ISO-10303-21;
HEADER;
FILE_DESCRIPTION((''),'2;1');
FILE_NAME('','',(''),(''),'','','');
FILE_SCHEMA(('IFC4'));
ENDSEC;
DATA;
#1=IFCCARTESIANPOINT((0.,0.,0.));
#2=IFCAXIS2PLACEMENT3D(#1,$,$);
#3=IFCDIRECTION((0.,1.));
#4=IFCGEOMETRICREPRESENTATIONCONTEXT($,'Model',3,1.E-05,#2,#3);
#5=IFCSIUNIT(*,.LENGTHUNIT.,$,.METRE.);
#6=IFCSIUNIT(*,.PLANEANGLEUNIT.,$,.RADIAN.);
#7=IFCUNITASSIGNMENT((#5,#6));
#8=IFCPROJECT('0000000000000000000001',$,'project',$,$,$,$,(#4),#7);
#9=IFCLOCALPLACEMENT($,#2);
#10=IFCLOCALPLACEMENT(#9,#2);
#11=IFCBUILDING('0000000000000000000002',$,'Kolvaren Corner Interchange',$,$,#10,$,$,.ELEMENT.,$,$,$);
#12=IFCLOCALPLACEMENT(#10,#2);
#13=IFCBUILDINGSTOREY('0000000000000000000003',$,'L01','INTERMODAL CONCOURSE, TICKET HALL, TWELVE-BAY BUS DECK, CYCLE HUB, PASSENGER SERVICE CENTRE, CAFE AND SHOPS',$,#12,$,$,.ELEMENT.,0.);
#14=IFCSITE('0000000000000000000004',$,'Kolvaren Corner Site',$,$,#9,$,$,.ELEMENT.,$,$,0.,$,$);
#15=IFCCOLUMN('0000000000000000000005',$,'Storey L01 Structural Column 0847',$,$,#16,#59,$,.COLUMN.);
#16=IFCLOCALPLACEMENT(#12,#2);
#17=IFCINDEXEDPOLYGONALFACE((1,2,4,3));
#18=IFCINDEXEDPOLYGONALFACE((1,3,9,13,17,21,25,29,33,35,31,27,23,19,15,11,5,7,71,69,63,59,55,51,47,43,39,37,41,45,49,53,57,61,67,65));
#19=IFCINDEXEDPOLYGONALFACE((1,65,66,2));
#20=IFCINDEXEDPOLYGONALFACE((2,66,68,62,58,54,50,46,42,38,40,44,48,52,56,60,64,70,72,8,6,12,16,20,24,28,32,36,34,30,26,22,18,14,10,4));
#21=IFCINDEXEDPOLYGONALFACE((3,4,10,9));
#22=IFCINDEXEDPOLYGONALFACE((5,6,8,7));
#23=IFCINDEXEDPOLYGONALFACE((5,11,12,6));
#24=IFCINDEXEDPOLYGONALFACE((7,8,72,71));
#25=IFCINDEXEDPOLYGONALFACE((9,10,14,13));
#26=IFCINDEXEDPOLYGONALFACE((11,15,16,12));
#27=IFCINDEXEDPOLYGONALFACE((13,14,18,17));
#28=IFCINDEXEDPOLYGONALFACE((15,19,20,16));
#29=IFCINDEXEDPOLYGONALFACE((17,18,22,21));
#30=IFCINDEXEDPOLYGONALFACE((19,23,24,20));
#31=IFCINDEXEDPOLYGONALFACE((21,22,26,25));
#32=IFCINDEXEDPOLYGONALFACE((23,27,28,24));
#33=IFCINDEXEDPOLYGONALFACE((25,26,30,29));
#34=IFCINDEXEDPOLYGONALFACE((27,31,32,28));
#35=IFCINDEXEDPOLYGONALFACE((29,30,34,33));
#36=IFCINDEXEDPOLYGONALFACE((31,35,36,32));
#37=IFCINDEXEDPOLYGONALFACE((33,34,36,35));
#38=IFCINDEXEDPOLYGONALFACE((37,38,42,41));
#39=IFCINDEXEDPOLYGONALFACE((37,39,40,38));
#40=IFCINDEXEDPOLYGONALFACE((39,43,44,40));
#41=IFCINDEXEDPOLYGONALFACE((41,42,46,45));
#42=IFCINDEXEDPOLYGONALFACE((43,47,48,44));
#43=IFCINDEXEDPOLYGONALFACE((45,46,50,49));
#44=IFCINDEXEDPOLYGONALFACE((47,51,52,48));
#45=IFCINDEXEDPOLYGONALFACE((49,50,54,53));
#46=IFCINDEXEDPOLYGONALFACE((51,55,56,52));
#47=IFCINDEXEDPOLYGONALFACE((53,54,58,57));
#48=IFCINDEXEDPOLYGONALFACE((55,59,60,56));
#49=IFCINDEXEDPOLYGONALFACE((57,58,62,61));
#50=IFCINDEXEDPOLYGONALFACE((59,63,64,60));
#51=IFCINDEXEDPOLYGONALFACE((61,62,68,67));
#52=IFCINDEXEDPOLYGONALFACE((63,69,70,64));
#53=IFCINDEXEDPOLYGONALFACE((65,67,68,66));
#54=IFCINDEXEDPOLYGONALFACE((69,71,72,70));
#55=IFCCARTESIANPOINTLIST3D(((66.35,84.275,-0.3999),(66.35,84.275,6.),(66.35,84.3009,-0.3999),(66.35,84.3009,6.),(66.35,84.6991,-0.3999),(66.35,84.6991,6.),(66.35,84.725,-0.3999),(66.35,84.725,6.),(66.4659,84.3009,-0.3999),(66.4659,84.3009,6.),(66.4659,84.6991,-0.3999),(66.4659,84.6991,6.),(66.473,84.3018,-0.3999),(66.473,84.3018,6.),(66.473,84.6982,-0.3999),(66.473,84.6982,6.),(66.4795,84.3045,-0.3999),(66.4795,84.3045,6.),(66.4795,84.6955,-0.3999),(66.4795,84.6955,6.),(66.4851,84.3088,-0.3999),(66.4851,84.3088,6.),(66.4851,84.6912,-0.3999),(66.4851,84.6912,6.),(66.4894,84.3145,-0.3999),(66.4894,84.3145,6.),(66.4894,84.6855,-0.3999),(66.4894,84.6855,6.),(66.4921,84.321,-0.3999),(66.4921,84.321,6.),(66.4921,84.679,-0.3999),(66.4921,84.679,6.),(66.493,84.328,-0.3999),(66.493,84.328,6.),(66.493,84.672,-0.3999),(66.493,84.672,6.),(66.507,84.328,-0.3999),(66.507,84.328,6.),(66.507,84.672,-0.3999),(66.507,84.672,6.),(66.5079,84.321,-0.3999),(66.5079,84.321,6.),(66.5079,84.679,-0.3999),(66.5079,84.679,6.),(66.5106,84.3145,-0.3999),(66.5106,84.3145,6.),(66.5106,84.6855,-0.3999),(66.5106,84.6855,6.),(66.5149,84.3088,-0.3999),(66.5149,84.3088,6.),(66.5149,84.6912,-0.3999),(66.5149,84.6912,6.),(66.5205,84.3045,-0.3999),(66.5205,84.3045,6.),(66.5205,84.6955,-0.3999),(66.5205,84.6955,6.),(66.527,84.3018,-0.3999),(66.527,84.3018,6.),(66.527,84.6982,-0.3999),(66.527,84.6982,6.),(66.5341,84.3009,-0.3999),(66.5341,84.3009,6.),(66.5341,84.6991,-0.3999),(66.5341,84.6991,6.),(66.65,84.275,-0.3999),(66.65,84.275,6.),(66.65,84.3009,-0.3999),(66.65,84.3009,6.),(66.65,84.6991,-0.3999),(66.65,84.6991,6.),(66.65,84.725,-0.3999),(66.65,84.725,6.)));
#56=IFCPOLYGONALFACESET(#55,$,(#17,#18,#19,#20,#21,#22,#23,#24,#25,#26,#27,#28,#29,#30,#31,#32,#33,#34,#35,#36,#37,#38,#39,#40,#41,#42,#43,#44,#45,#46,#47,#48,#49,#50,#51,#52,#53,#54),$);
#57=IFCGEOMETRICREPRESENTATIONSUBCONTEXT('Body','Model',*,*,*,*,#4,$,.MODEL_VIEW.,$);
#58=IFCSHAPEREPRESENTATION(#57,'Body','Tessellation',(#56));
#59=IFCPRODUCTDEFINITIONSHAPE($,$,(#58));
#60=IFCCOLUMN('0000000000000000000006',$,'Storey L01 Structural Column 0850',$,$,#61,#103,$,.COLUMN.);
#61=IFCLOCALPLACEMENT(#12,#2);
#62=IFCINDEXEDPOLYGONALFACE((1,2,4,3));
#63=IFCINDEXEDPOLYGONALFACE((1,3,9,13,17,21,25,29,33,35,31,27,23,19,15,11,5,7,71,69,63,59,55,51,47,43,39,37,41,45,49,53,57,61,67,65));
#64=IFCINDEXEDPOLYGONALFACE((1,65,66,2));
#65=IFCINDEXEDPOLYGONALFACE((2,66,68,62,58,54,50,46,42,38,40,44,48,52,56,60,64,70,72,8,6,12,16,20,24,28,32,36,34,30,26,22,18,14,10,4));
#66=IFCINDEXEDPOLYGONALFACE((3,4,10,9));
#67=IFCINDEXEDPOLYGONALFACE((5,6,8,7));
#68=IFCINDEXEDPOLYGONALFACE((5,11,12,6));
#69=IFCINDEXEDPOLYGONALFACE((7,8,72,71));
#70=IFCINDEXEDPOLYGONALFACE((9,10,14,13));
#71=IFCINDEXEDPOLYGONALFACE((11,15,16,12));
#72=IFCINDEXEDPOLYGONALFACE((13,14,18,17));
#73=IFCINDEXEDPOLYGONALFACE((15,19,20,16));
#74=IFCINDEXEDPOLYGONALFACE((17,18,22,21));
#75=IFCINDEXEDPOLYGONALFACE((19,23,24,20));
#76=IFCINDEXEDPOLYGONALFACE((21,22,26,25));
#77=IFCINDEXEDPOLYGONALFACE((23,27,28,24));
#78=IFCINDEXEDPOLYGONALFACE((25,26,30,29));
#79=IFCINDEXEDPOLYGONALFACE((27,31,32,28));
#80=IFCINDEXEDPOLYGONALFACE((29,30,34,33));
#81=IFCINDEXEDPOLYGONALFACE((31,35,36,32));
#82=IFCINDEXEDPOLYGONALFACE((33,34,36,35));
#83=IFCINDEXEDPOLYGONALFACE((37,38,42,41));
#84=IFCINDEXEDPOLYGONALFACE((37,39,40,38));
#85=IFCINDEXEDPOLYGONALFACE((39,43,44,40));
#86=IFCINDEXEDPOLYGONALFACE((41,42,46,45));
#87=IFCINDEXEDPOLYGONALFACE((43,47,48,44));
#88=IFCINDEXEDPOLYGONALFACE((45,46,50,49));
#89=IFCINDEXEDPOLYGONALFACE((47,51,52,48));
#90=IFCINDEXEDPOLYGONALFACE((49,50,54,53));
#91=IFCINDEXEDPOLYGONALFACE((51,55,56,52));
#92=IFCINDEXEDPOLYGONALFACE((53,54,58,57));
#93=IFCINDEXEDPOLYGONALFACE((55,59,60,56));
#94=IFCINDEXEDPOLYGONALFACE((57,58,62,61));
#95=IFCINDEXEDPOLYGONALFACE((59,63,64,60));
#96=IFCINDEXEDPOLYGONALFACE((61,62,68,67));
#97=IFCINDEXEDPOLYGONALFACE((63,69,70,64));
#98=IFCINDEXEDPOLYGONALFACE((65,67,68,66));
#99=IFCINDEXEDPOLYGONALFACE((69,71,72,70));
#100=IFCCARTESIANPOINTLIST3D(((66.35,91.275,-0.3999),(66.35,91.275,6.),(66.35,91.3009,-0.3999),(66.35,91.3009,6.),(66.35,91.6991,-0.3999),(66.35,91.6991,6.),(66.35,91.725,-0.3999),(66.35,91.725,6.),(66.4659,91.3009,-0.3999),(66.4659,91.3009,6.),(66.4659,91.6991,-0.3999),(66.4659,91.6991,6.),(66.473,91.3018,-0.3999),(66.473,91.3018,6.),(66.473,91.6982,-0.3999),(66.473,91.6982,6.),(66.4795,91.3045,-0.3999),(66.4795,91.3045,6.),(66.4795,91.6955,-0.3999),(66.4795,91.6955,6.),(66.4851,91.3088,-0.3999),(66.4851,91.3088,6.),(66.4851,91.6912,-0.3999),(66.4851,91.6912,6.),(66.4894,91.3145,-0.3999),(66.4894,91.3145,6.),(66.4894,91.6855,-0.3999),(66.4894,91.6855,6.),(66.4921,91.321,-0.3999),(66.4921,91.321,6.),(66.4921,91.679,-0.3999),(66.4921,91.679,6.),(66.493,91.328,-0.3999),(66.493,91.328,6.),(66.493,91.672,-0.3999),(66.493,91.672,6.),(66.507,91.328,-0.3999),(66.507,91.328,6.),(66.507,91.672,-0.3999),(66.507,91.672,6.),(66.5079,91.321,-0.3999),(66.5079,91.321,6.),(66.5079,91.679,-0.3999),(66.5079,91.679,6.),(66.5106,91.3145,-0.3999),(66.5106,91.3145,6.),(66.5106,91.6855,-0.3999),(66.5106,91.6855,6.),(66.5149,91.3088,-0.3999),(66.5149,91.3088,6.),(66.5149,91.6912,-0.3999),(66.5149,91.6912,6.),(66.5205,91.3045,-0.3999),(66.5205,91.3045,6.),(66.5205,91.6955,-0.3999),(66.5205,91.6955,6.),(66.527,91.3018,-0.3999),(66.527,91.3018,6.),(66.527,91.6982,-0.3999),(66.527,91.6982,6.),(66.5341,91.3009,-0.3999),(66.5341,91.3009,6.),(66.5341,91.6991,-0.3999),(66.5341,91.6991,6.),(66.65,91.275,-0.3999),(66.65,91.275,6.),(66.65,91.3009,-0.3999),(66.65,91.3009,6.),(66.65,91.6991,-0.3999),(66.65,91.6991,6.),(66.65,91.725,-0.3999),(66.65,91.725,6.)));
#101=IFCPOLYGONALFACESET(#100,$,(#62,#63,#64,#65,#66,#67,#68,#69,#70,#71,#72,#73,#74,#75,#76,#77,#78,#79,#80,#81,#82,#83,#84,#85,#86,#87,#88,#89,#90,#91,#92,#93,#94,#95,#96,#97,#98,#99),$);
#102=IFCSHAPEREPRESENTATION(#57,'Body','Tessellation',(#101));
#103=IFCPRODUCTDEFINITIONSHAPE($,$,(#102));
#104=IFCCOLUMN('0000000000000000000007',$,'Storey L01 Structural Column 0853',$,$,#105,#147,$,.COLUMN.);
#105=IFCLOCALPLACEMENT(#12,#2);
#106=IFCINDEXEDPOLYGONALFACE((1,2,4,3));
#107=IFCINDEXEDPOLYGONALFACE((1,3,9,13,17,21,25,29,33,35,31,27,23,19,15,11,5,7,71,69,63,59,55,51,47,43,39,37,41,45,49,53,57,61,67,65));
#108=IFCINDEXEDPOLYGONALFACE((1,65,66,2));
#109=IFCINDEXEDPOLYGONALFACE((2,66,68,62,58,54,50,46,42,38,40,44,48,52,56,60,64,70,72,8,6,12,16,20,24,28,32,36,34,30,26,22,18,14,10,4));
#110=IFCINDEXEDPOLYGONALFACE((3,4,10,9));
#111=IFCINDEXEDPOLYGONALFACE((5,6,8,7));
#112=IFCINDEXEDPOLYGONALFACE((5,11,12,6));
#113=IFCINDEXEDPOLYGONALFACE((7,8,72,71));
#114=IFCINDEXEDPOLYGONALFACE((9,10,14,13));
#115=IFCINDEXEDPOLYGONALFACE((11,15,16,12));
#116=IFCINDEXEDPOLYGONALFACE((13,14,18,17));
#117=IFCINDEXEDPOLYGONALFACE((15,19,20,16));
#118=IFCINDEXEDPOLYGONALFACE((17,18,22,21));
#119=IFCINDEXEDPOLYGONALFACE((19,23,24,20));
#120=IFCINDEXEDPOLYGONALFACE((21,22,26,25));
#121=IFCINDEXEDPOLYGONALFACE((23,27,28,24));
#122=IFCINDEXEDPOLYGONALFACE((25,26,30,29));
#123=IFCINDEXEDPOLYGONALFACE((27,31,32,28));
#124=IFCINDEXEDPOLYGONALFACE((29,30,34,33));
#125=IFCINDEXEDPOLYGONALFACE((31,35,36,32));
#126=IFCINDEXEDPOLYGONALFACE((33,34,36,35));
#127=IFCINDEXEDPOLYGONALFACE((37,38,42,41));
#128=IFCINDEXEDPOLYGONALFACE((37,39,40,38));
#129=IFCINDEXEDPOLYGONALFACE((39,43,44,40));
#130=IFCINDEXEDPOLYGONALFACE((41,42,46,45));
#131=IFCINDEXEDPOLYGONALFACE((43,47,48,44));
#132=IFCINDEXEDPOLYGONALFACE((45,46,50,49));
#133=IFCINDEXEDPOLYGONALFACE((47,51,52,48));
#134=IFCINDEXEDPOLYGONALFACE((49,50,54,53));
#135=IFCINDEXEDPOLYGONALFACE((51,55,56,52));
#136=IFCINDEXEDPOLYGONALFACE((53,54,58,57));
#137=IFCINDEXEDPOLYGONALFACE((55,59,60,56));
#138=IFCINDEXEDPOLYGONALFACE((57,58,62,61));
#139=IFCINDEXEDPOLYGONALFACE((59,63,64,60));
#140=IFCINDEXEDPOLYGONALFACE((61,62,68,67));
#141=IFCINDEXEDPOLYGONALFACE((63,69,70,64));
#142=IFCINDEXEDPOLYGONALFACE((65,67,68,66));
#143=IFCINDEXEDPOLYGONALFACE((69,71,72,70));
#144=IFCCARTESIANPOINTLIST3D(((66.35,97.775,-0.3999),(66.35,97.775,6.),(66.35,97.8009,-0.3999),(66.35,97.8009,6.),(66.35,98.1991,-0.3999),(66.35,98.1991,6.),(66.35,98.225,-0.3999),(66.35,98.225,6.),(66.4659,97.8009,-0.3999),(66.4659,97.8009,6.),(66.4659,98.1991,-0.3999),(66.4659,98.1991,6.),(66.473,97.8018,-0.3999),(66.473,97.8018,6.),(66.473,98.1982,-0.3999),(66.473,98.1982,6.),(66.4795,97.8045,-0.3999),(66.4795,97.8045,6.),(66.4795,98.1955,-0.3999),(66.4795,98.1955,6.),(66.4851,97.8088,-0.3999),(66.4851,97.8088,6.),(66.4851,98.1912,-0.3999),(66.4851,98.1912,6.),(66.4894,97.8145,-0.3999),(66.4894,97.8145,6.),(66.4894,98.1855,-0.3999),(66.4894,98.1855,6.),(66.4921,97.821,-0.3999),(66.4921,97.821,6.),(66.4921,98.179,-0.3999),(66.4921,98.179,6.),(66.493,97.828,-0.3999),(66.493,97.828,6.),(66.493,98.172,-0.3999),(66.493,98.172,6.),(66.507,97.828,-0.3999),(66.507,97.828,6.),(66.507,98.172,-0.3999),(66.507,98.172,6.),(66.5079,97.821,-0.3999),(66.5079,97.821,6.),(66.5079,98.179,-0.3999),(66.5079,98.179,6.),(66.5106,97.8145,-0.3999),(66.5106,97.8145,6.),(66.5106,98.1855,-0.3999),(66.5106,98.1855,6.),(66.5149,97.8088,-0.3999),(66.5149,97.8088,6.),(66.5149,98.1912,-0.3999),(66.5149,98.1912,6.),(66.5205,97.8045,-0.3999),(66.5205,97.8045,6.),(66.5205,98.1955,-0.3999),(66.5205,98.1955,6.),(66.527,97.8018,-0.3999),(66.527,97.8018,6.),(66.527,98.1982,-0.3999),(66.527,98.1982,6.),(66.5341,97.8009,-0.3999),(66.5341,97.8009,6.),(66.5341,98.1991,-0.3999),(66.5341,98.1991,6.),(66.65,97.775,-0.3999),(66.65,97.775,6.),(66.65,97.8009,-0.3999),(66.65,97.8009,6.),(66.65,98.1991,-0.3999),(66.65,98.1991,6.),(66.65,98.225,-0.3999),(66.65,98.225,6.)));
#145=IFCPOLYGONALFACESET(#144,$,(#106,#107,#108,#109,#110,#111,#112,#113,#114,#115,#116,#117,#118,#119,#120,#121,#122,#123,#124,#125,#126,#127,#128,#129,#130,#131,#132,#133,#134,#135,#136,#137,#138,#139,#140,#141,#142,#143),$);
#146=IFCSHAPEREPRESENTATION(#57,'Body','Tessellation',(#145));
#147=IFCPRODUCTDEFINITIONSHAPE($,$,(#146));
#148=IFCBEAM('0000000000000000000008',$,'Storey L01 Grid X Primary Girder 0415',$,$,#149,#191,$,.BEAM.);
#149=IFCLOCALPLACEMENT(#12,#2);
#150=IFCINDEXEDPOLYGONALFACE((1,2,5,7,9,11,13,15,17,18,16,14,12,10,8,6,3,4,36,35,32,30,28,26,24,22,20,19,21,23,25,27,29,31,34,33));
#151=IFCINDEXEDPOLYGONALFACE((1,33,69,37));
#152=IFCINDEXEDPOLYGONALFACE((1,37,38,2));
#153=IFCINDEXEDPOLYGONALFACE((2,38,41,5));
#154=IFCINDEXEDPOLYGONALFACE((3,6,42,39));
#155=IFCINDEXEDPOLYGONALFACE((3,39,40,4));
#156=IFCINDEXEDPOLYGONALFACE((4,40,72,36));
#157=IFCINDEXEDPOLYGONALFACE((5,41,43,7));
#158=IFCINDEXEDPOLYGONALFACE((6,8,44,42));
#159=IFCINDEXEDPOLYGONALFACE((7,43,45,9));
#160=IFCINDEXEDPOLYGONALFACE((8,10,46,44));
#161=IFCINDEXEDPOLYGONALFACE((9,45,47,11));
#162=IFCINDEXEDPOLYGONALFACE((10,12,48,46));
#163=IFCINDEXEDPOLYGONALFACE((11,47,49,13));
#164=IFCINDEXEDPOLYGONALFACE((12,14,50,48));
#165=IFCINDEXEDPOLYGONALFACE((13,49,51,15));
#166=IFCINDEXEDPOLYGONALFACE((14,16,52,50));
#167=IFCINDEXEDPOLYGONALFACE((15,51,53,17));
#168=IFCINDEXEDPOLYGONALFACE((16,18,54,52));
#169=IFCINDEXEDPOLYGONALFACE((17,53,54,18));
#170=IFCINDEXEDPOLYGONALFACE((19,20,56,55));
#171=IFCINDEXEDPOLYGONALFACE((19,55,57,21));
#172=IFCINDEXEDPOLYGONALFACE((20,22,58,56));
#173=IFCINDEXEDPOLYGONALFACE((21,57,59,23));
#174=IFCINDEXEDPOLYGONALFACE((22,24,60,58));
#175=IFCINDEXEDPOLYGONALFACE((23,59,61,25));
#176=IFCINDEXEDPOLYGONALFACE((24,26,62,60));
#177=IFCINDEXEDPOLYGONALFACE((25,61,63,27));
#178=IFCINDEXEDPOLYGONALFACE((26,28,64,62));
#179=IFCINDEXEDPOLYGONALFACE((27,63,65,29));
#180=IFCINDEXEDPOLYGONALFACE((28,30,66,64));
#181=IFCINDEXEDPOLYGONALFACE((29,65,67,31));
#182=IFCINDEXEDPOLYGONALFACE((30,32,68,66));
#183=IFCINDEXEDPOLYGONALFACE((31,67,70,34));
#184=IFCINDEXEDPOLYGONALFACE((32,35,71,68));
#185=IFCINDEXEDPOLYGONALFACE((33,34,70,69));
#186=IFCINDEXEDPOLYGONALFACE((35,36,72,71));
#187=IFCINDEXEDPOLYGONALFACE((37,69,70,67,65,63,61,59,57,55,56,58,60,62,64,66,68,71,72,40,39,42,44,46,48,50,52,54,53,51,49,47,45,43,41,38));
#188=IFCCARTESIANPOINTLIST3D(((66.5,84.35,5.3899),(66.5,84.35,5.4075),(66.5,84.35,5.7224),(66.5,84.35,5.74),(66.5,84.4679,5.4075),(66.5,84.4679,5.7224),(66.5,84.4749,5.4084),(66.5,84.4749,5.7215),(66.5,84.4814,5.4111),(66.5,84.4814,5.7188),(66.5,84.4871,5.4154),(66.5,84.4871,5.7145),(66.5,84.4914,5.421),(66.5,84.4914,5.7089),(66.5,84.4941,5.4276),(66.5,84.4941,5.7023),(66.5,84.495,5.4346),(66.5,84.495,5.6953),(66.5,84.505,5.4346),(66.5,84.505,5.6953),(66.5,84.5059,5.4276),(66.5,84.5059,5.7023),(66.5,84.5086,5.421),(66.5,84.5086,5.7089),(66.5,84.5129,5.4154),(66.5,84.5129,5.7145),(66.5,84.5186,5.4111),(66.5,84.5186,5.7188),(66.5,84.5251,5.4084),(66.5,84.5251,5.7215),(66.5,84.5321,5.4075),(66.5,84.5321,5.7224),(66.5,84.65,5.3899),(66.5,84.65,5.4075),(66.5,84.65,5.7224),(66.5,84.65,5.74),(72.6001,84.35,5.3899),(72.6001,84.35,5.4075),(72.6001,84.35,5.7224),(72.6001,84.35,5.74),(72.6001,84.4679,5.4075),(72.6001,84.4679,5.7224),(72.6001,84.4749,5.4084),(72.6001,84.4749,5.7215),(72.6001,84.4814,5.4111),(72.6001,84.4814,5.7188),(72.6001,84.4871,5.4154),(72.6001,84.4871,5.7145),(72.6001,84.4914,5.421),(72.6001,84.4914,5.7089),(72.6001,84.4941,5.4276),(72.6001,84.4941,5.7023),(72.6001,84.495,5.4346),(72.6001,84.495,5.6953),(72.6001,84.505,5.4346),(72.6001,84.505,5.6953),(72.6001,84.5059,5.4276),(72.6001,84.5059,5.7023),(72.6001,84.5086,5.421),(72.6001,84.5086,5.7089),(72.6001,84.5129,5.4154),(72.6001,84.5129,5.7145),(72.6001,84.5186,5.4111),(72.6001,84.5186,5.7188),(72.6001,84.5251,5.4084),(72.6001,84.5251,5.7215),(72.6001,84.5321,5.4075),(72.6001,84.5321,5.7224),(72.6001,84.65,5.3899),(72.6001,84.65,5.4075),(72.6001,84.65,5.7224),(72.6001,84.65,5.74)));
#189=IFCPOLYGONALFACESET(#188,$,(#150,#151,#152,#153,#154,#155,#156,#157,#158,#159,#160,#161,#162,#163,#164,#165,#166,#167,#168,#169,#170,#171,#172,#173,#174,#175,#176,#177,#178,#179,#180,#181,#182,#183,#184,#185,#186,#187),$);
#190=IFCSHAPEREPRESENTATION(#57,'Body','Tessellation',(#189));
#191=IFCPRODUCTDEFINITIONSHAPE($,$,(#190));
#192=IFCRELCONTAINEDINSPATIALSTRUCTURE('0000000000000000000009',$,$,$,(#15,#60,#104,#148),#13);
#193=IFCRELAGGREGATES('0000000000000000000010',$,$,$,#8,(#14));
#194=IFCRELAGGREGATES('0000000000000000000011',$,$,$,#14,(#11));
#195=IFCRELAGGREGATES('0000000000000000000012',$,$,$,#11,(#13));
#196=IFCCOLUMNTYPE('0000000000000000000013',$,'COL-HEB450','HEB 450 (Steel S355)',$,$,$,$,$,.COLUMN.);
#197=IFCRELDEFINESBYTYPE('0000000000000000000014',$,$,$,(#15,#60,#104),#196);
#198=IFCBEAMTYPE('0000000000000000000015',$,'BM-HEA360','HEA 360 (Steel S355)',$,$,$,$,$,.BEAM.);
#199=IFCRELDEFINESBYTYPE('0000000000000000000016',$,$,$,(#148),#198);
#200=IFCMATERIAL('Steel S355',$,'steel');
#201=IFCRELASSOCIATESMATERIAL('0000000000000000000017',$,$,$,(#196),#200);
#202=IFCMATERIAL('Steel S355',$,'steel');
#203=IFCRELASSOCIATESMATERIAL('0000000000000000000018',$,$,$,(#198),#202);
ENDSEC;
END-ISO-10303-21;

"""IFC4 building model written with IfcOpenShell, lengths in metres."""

from ifc_helpers import new_model, si_unit, direction, frame, origin, origin_2d, place, context, subcontext, project, spatial, i_section, extrude, material, material_profile, profile_set, type_object, element, save


model = new_model("IFC4")

# Units and contexts
model_context = context("Model", 3, precision=1e-05, world=origin(), true_north=direction((0.0, 1.0)))
body_context = subcontext(model_context, "Body", "Model", "MODEL_VIEW")
ifc_project = project(units=[si_unit("LENGTHUNIT", "METRE"), si_unit("PLANEANGLEUNIT", "RADIAN")], contexts=[model_context])

# Site, building, storey
site_placement = place(None, origin())
site = spatial("IfcSite", under=ifc_project, at=site_placement, Name="Kolvaren Corner Site", CompositionType="ELEMENT", RefElevation=0.0)
building_placement = place(site_placement, origin())
building = spatial("IfcBuilding", under=site, at=building_placement, Name="Kolvaren Corner Interchange", CompositionType="ELEMENT")
storey_placement = place(building_placement, origin())
storey = spatial("IfcBuildingStorey", under=building, at=storey_placement, Name="L01", Description="INTERMODAL CONCOURSE, TICKET HALL, TWELVE-BAY BUS DECK, CYCLE HUB, PASSENGER SERVICE CENTRE, CAFE AND SHOPS", CompositionType="ELEMENT", Elevation=0.0)

# Columns
ifc_material_1 = material(Name="Steel S355", Category="steel")
ifc_material_profile_1 = material_profile(ifc_material_1, i_section(OverallWidth=0.3, OverallDepth=0.45, WebThickness=0.0139, FlangeThickness=0.0259, FilletRadius=0.0271, at=origin_2d()), Name="HEB 450")
ifc_profile_set_1 = profile_set([ifc_material_profile_1], Name="Steel S355")
column_type = type_object("IfcColumnType", Name="COL-HEB450", Description="HEB 450 (Steel S355)", PredefinedType="COLUMN", material=ifc_profile_set_1)
for number, where, z_axis, x_axis, name in (
    (1, (66.5, 84.5, -0.3999), (0.0, 0.0, 1.0), (1.0, 0.0, 0.0), "Storey L01 Structural Column 0847"),
    (2, (66.5, 91.5, -0.3999), (0.0, 0.0, 1.0), (1.0, 0.0, 0.0), "Storey L01 Structural Column 0850"),
    (3, (66.5, 98.0, -0.3999), (0.0, 0.0, 1.0), (1.0, 0.0, 0.0), "Storey L01 Structural Column 0853"),
):
    element("IfcColumn", number, at=place(storey_placement, frame(where, z_axis=z_axis, x_axis=x_axis)), inside=storey, type_object=column_type, Name=name, PredefinedType="COLUMN", context=body_context, shape_type="SweptSolid", body=[
        extrude(i_section(OverallWidth=0.3, OverallDepth=0.45, WebThickness=0.0139, FlangeThickness=0.0259, FilletRadius=0.0271, at=origin_2d()), origin(), (0.0, 0.0, 1.0), 6.3999),
    ])

# Beam
ifc_material_2 = material(Name="Steel S355", Category="steel")
ifc_material_profile_2 = material_profile(ifc_material_2, i_section(OverallWidth=0.3, OverallDepth=0.3501, WebThickness=0.01, FlangeThickness=0.0176, FilletRadius=0.0271, at=origin_2d()), Name="HEA 360")
ifc_profile_set_2 = profile_set([ifc_material_profile_2], Name="Steel S355")
beam_type_1 = type_object("IfcBeamType", Name="BM-HEA360", Description="HEA 360 (Steel S355)", PredefinedType="BEAM", material=ifc_profile_set_2)
for number, where, z_axis, x_axis, name in (
    (4, (66.5, 84.5, 5.5649), (1.0, 0.0, 0.0), (0.0, 1.0, 0.0), "Storey L01 Grid X Primary Girder 0415"),
):
    element("IfcBeam", number, at=place(storey_placement, frame(where, z_axis=z_axis, x_axis=x_axis)), inside=storey, type_object=beam_type_1, Name=name, PredefinedType="BEAM", context=body_context, shape_type="SweptSolid", body=[
        extrude(i_section(OverallWidth=0.3, OverallDepth=0.3501, WebThickness=0.01, FlangeThickness=0.0176, FilletRadius=0.0271, at=origin_2d()), origin(), (0.0, 0.0, 1.0), 6.1001),
    ])

save(model, "model.ifc")
